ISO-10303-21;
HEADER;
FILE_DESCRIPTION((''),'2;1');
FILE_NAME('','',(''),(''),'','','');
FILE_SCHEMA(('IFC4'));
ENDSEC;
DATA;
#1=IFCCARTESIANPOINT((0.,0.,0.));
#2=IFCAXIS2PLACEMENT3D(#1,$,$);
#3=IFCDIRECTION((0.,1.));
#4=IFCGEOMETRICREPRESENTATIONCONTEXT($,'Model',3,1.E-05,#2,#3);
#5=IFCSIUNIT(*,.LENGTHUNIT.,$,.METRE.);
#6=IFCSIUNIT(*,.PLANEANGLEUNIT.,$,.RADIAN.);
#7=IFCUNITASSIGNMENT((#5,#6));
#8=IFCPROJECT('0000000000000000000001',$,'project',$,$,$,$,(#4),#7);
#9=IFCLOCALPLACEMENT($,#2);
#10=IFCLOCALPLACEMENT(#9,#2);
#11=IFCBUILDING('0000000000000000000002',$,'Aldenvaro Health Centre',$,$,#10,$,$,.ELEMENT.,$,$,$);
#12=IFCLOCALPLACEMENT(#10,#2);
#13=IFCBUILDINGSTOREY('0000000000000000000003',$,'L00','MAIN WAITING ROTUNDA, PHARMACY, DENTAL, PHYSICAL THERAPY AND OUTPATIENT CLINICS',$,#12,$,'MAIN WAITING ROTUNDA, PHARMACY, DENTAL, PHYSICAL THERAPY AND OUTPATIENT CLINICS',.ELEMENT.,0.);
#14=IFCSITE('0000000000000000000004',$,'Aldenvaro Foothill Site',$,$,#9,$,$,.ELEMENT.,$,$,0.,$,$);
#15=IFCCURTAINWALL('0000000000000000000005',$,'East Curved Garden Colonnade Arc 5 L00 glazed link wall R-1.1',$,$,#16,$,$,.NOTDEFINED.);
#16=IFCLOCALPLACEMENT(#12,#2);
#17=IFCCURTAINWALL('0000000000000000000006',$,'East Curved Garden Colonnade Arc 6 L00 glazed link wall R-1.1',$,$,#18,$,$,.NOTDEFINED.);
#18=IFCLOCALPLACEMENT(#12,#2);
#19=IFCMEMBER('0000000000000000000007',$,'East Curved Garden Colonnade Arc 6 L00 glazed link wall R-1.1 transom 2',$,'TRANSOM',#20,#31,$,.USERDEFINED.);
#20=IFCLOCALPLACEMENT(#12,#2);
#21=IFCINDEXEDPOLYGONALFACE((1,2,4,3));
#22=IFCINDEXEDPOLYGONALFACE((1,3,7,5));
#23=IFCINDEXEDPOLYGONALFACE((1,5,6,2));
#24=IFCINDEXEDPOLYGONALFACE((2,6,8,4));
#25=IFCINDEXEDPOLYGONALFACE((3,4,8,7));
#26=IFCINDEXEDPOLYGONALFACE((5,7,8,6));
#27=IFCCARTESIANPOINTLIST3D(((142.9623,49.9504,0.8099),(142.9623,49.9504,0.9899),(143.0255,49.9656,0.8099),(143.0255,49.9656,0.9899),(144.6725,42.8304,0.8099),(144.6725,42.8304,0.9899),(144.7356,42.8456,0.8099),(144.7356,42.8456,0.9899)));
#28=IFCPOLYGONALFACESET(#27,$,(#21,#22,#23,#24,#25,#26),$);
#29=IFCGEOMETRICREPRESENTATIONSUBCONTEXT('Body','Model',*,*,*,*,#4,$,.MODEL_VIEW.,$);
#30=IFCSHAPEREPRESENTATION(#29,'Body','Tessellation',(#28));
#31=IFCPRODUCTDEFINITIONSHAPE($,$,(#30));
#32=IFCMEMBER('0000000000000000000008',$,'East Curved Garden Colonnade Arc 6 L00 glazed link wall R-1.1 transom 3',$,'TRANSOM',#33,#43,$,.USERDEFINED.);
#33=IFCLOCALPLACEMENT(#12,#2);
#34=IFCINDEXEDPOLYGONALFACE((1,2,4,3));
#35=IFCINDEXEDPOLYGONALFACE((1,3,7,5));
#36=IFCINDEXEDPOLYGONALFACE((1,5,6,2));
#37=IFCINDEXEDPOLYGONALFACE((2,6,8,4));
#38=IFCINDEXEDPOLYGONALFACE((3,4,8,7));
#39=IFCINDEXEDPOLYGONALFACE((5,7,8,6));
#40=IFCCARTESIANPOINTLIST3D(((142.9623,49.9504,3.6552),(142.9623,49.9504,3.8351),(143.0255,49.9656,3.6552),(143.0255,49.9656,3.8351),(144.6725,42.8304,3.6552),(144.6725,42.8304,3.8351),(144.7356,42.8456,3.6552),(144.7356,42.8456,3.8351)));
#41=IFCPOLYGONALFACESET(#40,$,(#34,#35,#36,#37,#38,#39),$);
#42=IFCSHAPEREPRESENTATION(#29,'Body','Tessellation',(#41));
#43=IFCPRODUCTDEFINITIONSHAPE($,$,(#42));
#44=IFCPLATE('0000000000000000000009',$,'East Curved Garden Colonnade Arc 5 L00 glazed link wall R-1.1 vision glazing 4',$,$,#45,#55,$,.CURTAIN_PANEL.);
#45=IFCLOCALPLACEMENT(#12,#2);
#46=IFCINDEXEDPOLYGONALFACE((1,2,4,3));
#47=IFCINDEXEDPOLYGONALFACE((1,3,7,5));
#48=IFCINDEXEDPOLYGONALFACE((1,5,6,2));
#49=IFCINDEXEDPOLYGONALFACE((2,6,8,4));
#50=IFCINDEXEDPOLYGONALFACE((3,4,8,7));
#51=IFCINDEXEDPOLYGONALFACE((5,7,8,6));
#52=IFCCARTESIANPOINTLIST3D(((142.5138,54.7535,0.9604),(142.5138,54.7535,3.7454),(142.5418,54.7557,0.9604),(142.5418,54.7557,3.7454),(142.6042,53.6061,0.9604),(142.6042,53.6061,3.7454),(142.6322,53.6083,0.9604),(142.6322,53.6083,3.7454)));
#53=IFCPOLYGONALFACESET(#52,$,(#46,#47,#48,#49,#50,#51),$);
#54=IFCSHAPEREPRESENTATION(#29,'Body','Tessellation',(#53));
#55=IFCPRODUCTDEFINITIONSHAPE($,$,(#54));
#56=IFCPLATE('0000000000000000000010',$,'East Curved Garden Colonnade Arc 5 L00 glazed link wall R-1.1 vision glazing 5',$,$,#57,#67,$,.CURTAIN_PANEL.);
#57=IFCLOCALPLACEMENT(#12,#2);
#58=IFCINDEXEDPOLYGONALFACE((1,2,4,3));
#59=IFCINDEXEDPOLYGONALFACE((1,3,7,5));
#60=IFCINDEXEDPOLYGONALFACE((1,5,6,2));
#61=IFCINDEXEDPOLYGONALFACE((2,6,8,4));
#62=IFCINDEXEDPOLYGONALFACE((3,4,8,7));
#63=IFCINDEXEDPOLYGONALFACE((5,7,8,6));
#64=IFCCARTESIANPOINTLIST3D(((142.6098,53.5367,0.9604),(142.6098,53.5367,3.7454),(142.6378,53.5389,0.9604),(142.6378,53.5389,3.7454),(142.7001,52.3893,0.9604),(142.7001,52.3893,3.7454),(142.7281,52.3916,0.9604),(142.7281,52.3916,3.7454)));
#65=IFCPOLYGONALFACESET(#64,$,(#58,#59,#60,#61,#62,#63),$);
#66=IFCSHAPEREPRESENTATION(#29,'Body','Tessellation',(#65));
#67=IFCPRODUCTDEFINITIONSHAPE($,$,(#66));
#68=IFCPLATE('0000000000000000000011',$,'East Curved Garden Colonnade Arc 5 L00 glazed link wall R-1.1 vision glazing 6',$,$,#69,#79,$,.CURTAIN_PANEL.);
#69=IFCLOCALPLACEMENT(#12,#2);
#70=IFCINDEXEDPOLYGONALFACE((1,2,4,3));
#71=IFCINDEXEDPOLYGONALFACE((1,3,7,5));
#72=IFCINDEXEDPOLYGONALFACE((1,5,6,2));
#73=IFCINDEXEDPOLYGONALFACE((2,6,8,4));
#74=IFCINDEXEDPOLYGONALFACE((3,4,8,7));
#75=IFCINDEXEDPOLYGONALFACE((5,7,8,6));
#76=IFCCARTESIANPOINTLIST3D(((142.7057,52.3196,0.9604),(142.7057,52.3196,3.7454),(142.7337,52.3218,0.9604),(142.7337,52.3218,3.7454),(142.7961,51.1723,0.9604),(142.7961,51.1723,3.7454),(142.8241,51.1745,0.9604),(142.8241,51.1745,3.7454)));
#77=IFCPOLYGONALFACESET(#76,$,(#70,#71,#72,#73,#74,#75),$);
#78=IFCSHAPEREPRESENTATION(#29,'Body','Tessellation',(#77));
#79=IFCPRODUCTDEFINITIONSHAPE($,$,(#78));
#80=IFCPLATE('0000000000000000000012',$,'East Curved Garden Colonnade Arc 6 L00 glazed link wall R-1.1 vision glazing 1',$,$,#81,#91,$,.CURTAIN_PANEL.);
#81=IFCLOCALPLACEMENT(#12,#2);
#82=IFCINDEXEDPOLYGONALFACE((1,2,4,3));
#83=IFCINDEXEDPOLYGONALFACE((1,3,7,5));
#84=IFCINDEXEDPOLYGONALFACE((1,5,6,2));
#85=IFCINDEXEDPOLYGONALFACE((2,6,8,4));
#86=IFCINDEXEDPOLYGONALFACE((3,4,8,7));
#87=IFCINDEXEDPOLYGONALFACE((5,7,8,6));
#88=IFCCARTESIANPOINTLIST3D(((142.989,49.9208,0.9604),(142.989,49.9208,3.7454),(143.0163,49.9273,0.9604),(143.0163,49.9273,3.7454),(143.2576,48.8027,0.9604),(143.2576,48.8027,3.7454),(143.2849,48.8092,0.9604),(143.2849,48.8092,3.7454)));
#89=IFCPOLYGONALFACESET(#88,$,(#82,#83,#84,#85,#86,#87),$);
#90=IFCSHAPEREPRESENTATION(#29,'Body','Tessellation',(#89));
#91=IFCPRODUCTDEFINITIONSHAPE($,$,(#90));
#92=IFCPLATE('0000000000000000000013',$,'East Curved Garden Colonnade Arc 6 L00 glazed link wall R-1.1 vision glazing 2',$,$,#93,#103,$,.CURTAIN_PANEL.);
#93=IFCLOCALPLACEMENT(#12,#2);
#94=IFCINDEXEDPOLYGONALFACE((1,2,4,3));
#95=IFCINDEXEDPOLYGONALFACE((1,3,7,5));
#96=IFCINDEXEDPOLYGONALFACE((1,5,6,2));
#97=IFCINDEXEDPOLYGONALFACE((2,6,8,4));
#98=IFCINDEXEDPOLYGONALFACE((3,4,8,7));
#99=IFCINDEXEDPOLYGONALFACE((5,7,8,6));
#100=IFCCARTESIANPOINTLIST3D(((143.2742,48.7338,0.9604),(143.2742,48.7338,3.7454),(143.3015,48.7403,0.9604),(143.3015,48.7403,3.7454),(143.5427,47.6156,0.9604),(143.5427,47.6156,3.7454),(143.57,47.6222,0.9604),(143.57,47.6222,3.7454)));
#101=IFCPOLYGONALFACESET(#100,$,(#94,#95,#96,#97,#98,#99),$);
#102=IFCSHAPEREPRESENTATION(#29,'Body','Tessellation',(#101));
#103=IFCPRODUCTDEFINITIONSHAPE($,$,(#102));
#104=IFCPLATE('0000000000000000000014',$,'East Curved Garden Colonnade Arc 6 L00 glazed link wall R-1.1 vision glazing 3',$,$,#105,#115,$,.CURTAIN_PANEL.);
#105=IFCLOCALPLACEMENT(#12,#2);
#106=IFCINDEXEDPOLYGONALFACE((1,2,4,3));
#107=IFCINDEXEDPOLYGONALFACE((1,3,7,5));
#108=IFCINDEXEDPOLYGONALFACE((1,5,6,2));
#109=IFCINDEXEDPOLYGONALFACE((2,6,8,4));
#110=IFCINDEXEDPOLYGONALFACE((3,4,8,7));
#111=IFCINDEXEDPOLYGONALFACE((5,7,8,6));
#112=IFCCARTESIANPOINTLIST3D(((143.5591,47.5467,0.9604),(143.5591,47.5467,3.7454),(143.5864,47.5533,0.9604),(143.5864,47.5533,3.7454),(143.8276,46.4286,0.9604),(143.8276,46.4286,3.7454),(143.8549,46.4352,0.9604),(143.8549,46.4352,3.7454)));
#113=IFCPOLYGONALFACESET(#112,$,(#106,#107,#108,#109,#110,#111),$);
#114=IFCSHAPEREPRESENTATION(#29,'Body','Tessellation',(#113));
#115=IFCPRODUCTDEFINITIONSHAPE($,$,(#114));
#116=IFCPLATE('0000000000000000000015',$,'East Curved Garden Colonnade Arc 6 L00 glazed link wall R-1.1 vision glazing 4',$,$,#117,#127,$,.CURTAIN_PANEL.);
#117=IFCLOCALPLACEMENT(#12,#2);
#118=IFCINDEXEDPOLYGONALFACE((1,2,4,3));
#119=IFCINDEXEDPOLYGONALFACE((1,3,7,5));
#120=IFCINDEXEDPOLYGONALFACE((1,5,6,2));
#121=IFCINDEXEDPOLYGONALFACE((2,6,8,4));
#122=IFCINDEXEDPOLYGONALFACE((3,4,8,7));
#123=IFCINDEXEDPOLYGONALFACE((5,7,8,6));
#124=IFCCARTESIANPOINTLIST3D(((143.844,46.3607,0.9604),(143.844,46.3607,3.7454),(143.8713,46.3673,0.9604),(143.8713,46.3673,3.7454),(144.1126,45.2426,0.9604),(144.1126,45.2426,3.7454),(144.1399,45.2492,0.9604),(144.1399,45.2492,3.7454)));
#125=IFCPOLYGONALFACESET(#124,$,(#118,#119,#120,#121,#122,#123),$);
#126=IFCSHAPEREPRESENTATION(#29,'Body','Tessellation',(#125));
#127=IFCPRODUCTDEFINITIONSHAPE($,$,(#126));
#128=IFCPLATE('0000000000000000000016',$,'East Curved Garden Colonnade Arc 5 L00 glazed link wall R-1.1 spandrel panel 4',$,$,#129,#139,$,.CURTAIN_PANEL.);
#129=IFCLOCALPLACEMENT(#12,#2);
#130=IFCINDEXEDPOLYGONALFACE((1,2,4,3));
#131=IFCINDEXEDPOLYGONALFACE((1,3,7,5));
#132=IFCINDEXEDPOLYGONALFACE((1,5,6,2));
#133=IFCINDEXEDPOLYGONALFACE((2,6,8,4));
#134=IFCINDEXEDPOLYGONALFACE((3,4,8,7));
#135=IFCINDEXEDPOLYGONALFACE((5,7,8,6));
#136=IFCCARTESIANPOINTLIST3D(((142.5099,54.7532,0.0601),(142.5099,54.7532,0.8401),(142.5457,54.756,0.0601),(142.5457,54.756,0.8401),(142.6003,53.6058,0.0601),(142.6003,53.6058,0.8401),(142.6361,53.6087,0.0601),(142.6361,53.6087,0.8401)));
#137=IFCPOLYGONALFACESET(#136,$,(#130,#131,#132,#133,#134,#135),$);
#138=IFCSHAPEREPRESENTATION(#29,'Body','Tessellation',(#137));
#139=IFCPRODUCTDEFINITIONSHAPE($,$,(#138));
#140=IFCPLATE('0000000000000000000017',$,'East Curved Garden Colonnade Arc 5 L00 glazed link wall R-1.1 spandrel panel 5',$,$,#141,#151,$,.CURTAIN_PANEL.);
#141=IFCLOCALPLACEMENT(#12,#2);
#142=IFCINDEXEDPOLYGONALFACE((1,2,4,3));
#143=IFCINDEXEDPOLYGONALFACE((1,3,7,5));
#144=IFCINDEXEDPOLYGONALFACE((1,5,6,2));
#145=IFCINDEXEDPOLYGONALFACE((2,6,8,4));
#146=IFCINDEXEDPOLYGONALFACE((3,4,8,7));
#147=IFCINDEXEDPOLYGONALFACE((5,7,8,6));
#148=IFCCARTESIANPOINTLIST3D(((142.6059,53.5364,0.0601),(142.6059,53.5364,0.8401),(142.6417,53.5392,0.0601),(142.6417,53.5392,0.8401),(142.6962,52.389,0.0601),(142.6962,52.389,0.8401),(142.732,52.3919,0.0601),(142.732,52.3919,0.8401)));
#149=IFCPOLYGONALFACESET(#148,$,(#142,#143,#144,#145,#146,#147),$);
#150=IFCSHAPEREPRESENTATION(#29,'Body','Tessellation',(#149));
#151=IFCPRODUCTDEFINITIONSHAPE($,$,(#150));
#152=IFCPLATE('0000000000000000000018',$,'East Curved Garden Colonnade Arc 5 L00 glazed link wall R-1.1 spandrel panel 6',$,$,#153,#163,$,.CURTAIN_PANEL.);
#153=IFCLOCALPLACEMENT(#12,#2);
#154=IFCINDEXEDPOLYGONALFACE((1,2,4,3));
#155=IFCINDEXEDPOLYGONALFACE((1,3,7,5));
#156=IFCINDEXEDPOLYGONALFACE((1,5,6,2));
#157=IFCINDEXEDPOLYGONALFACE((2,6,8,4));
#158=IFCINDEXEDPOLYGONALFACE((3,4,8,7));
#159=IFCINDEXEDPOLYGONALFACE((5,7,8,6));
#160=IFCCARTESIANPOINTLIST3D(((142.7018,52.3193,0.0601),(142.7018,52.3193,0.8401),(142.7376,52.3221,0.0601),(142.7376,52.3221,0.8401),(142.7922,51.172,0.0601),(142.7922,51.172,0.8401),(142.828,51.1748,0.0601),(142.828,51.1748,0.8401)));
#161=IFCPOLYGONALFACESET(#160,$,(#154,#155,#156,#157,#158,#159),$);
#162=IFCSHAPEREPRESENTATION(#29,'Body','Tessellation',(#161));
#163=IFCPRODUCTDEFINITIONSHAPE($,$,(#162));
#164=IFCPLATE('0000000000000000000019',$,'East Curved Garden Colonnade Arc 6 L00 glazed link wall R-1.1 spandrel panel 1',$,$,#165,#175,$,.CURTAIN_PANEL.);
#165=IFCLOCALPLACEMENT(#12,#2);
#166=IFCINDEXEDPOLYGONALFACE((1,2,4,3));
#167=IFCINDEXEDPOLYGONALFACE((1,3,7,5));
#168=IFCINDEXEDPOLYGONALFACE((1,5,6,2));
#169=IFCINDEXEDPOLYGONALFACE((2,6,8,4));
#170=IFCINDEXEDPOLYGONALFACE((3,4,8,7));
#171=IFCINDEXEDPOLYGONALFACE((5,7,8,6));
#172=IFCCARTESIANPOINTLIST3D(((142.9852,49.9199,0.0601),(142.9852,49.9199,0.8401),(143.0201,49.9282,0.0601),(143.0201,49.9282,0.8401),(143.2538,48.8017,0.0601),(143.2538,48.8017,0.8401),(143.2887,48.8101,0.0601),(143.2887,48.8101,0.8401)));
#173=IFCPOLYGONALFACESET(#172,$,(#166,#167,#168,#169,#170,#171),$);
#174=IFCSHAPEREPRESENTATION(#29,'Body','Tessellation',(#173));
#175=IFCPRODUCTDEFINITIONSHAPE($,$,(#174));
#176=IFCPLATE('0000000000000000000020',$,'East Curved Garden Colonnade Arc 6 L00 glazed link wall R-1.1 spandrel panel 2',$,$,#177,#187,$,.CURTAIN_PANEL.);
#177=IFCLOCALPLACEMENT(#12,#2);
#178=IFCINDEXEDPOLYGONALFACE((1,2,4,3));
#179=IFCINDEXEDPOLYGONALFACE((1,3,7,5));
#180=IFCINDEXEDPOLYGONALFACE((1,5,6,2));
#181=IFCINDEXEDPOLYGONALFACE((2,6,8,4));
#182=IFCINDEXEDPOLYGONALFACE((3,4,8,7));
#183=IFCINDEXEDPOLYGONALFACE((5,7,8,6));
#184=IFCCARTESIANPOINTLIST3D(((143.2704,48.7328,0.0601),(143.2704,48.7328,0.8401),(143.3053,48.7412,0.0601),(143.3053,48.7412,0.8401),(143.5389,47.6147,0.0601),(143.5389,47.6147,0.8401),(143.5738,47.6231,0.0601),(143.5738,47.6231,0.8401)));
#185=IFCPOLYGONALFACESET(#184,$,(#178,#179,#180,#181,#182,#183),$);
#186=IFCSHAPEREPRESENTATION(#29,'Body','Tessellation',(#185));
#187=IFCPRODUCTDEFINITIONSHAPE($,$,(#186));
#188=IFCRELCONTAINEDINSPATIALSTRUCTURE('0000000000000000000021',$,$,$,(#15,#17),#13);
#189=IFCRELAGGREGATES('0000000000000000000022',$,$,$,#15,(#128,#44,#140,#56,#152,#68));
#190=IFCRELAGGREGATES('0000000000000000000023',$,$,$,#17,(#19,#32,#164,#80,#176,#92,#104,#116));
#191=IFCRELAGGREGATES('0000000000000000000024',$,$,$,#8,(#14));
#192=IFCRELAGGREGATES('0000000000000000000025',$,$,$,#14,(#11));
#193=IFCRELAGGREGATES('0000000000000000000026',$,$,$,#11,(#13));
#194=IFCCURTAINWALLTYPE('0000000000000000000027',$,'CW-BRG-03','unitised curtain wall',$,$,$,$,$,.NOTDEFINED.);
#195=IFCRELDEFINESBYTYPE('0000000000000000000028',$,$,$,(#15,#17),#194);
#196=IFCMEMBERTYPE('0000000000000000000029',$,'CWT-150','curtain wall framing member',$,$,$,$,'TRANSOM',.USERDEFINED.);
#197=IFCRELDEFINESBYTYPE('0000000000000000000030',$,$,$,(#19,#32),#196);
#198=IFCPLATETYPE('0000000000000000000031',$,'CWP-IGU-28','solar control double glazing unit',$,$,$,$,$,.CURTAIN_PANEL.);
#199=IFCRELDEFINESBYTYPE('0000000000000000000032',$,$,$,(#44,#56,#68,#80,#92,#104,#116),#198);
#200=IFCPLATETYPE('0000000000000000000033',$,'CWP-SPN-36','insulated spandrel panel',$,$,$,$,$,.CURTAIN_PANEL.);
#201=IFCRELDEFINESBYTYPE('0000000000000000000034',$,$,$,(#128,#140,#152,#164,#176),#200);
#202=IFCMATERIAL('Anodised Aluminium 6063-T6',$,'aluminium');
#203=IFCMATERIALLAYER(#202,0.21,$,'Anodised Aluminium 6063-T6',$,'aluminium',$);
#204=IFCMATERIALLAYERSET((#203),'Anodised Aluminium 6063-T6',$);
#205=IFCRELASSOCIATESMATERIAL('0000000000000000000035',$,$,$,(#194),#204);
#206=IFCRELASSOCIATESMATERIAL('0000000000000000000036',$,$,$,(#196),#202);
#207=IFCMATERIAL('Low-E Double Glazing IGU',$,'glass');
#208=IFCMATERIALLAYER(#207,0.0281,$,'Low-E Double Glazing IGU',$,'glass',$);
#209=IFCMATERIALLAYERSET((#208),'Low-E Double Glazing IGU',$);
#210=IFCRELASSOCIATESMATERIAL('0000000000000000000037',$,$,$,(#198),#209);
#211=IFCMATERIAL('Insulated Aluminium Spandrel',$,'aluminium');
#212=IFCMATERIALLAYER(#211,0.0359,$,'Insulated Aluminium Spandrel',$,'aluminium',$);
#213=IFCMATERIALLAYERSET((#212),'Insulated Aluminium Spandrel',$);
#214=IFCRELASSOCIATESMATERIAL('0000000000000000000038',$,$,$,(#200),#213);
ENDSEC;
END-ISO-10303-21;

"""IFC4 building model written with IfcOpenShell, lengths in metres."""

from ifc_helpers import new_model, si_unit, direction, frame, origin, origin_2d, place, context, subcontext, project, spatial, rectangle, extrude, material, layer, layer_set, material_profile, profile_set, type_object, element, aggregate, save


model = new_model("IFC4")

# Units and contexts
model_context = context("Model", 3, precision=1e-05, world=origin(), true_north=direction((0.0, 1.0)))
body_context = subcontext(model_context, "Body", "Model", "MODEL_VIEW")
ifc_project = project(units=[si_unit("LENGTHUNIT", "METRE"), si_unit("PLANEANGLEUNIT", "RADIAN")], contexts=[model_context])

# Site, building, storey
site_placement = place(None, origin())
site = spatial("IfcSite", under=ifc_project, at=site_placement, Name="Aldenvaro Foothill Site", CompositionType="ELEMENT", RefElevation=0.0)
building_placement = place(site_placement, origin())
building = spatial("IfcBuilding", under=site, at=building_placement, Name="Aldenvaro Health Centre", CompositionType="ELEMENT")
storey_placement = place(building_placement, origin())
storey = spatial("IfcBuildingStorey", under=building, at=storey_placement, Name="L00", Description="MAIN WAITING ROTUNDA, PHARMACY, DENTAL, PHYSICAL THERAPY AND OUTPATIENT CLINICS", LongName="MAIN WAITING ROTUNDA, PHARMACY, DENTAL, PHYSICAL THERAPY AND OUTPATIENT CLINICS", CompositionType="ELEMENT", Elevation=0.0)

# Curtain walls, members
ifc_material_1 = material(Name="Anodised Aluminium 6063-T6", Category="aluminium")
ifc_layer_1 = layer(ifc_material_1, 0.21, Name="Anodised Aluminium 6063-T6", Category="aluminium")
ifc_layer_set_1 = layer_set([ifc_layer_1], Name="Anodised Aluminium 6063-T6")
curtain_wall_type = type_object("IfcCurtainWallType", Name="CW-BRG-03", Description="unitised curtain wall", PredefinedType="NOTDEFINED", material=ifc_layer_set_1)
curtain_wall_1_placement = place(storey_placement, origin())
curtain_wall_1 = element("IfcCurtainWall", 1, at=curtain_wall_1_placement, inside=storey, type_object=curtain_wall_type, Name="East Curved Garden Colonnade Arc 5 L00 glazed link wall R-1.1", PredefinedType="NOTDEFINED")
curtain_wall_2_placement = place(storey_placement, origin())
curtain_wall_2 = element("IfcCurtainWall", 2, at=curtain_wall_2_placement, inside=storey, type_object=curtain_wall_type, Name="East Curved Garden Colonnade Arc 6 L00 glazed link wall R-1.1", PredefinedType="NOTDEFINED")
ifc_material_profile_1 = material_profile(ifc_material_1, rectangle(XDim=0.0649, YDim=0.1799, at=origin_2d()), Name="ALU 65x180", Category="aluminium")
ifc_profile_set_1 = profile_set([ifc_material_profile_1], Name="Anodised Aluminium 6063-T6")
member_type_1 = type_object("IfcMemberType", Name="CWT-150", Description="curtain wall framing member", ElementType="TRANSOM", PredefinedType="USERDEFINED", material=ifc_profile_set_1)
member_1_placement = place(storey_placement, frame((142.9939, 49.958, 0.8999), z_axis=(0.233551, -0.972345, 0.0), x_axis=(0.972345, 0.233551, 0.0)))
member_1 = element("IfcMember", 3, at=member_1_placement, type_object=member_type_1, Name="East Curved Garden Colonnade Arc 6 L00 glazed link wall R-1.1 transom 2", ObjectType="TRANSOM", PredefinedType="USERDEFINED", context=body_context, shape_type="SweptSolid", body=[
    extrude(rectangle(XDim=0.0649, YDim=0.1799, at=origin_2d()), origin(), (0.0, 0.0, 1.0), 7.3225),
])
member_2_placement = place(storey_placement, frame((142.9939, 49.958, 3.7451), z_axis=(0.233551, -0.972345, 0.0), x_axis=(0.972345, 0.233551, 0.0)))
member_2 = element("IfcMember", 4, at=member_2_placement, type_object=member_type_1, Name="East Curved Garden Colonnade Arc 6 L00 glazed link wall R-1.1 transom 3", ObjectType="TRANSOM", PredefinedType="USERDEFINED", context=body_context, shape_type="SweptSolid", body=[
    extrude(rectangle(XDim=0.0649, YDim=0.1799, at=origin_2d()), origin(), (0.0, 0.0, 1.0), 7.3225),
])

# Plates
ifc_material_2 = material(Name="Low-E Double Glazing IGU", Category="glass")
ifc_layer_2 = layer(ifc_material_2, 0.0281, Name="Low-E Double Glazing IGU", Category="glass")
ifc_layer_set_2 = layer_set([ifc_layer_2], Name="Low-E Double Glazing IGU")
plate_type_1 = type_object("IfcPlateType", Name="CWP-IGU-28", Description="solar control double glazing unit", PredefinedType="CURTAIN_PANEL", material=ifc_layer_set_2)
plate_1_placement = place(storey_placement, frame((142.573, 54.1809, 0.9604), z_axis=(0.0, 0.0, 1.0), x_axis=(0.078513, -0.996913, 0.0)))
plate_1 = element("IfcPlate", 5, at=plate_1_placement, type_object=plate_type_1, Name="East Curved Garden Colonnade Arc 5 L00 glazed link wall R-1.1 vision glazing 4", PredefinedType="CURTAIN_PANEL", context=body_context, shape_type="SweptSolid", body=[
    extrude(rectangle(XDim=1.1509, YDim=0.0281, at=origin_2d()), origin(), (0.0, 0.0, 1.0), 2.7849),
])
plate_2_placement = place(storey_placement, frame((142.6689, 52.9641, 0.9604), z_axis=(0.0, 0.0, 1.0), x_axis=(0.078513, -0.996913, 0.0)))
plate_2 = element("IfcPlate", 6, at=plate_2_placement, type_object=plate_type_1, Name="East Curved Garden Colonnade Arc 5 L00 glazed link wall R-1.1 vision glazing 5", PredefinedType="CURTAIN_PANEL", context=body_context, shape_type="SweptSolid", body=[
    extrude(rectangle(XDim=1.1509, YDim=0.0281, at=origin_2d()), origin(), (0.0, 0.0, 1.0), 2.7849),
])
plate_3_placement = place(storey_placement, frame((142.7649, 51.7471, 0.9604), z_axis=(0.0, 0.0, 1.0), x_axis=(0.078513, -0.996913, 0.0)))
plate_3 = element("IfcPlate", 7, at=plate_3_placement, type_object=plate_type_1, Name="East Curved Garden Colonnade Arc 5 L00 glazed link wall R-1.1 vision glazing 6", PredefinedType="CURTAIN_PANEL", context=body_context, shape_type="SweptSolid", body=[
    extrude(rectangle(XDim=1.1509, YDim=0.0281, at=origin_2d()), origin(), (0.0, 0.0, 1.0), 2.7849),
])
plate_4_placement = place(storey_placement, frame((143.137, 49.365, 0.9604), z_axis=(0.0, 0.0, 1.0), x_axis=(0.233528, -0.97235, 0.0)))
plate_4 = element("IfcPlate", 8, at=plate_4_placement, type_object=plate_type_1, Name="East Curved Garden Colonnade Arc 6 L00 glazed link wall R-1.1 vision glazing 1", PredefinedType="CURTAIN_PANEL", context=body_context, shape_type="SweptSolid", body=[
    extrude(rectangle(XDim=1.1499, YDim=0.0281, at=origin_2d()), origin(), (0.0, 0.0, 1.0), 2.7849),
])
plate_5_placement = place(storey_placement, frame((143.4221, 48.178, 0.9604), z_axis=(0.0, 0.0, 1.0), x_axis=(0.233528, -0.97235, 0.0)))
plate_5 = element("IfcPlate", 9, at=plate_5_placement, type_object=plate_type_1, Name="East Curved Garden Colonnade Arc 6 L00 glazed link wall R-1.1 vision glazing 2", PredefinedType="CURTAIN_PANEL", context=body_context, shape_type="SweptSolid", body=[
    extrude(rectangle(XDim=1.1499, YDim=0.0281, at=origin_2d()), origin(), (0.0, 0.0, 1.0), 2.7849),
])
plate_6_placement = place(storey_placement, frame((143.707, 46.991, 0.9604), z_axis=(0.0, 0.0, 1.0), x_axis=(0.233528, -0.97235, 0.0)))
plate_6 = element("IfcPlate", 10, at=plate_6_placement, type_object=plate_type_1, Name="East Curved Garden Colonnade Arc 6 L00 glazed link wall R-1.1 vision glazing 3", PredefinedType="CURTAIN_PANEL", context=body_context, shape_type="SweptSolid", body=[
    extrude(rectangle(XDim=1.1499, YDim=0.0281, at=origin_2d()), origin(), (0.0, 0.0, 1.0), 2.7849),
])
plate_7_placement = place(storey_placement, frame((143.9919, 45.8049, 0.9604), z_axis=(0.0, 0.0, 1.0), x_axis=(0.233528, -0.97235, 0.0)))
plate_7 = element("IfcPlate", 11, at=plate_7_placement, type_object=plate_type_1, Name="East Curved Garden Colonnade Arc 6 L00 glazed link wall R-1.1 vision glazing 4", PredefinedType="CURTAIN_PANEL", context=body_context, shape_type="SweptSolid", body=[
    extrude(rectangle(XDim=1.1499, YDim=0.0281, at=origin_2d()), origin(), (0.0, 0.0, 1.0), 2.7849),
])
ifc_material_3 = material(Name="Insulated Aluminium Spandrel", Category="aluminium")
ifc_layer_3 = layer(ifc_material_3, 0.0359, Name="Insulated Aluminium Spandrel", Category="aluminium")
ifc_layer_set_3 = layer_set([ifc_layer_3], Name="Insulated Aluminium Spandrel")
plate_type_2 = type_object("IfcPlateType", Name="CWP-SPN-36", Description="insulated spandrel panel", PredefinedType="CURTAIN_PANEL", material=ifc_layer_set_3)
plate_8_placement = place(storey_placement, frame((142.573, 54.1809, 0.0601), z_axis=(0.0, 0.0, 1.0), x_axis=(0.078513, -0.996913, 0.0)))
plate_8 = element("IfcPlate", 12, at=plate_8_placement, type_object=plate_type_2, Name="East Curved Garden Colonnade Arc 5 L00 glazed link wall R-1.1 spandrel panel 4", PredefinedType="CURTAIN_PANEL", context=body_context, shape_type="SweptSolid", body=[
    extrude(rectangle(XDim=1.1509, YDim=0.0359, at=origin_2d()), origin(), (0.0, 0.0, 1.0), 0.78),
])
plate_9_placement = place(storey_placement, frame((142.6689, 52.9641, 0.0601), z_axis=(0.0, 0.0, 1.0), x_axis=(0.078513, -0.996913, 0.0)))
plate_9 = element("IfcPlate", 13, at=plate_9_placement, type_object=plate_type_2, Name="East Curved Garden Colonnade Arc 5 L00 glazed link wall R-1.1 spandrel panel 5", PredefinedType="CURTAIN_PANEL", context=body_context, shape_type="SweptSolid", body=[
    extrude(rectangle(XDim=1.1509, YDim=0.0359, at=origin_2d()), origin(), (0.0, 0.0, 1.0), 0.78),
])
plate_10_placement = place(storey_placement, frame((142.7649, 51.7471, 0.0601), z_axis=(0.0, 0.0, 1.0), x_axis=(0.078513, -0.996913, 0.0)))
plate_10 = element("IfcPlate", 14, at=plate_10_placement, type_object=plate_type_2, Name="East Curved Garden Colonnade Arc 5 L00 glazed link wall R-1.1 spandrel panel 6", PredefinedType="CURTAIN_PANEL", context=body_context, shape_type="SweptSolid", body=[
    extrude(rectangle(XDim=1.1509, YDim=0.0359, at=origin_2d()), origin(), (0.0, 0.0, 1.0), 0.78),
])
aggregate(curtain_wall_1, [plate_8, plate_1, plate_9, plate_2, plate_10, plate_3])
plate_11_placement = place(storey_placement, frame((143.137, 49.365, 0.0601), z_axis=(0.0, 0.0, 1.0), x_axis=(0.233528, -0.97235, 0.0)))
plate_11 = element("IfcPlate", 15, at=plate_11_placement, type_object=plate_type_2, Name="East Curved Garden Colonnade Arc 6 L00 glazed link wall R-1.1 spandrel panel 1", PredefinedType="CURTAIN_PANEL", context=body_context, shape_type="SweptSolid", body=[
    extrude(rectangle(XDim=1.1499, YDim=0.0359, at=origin_2d()), origin(), (0.0, 0.0, 1.0), 0.78),
])
plate_12_placement = place(storey_placement, frame((143.4221, 48.178, 0.0601), z_axis=(0.0, 0.0, 1.0), x_axis=(0.233528, -0.97235, 0.0)))
plate_12 = element("IfcPlate", 16, at=plate_12_placement, type_object=plate_type_2, Name="East Curved Garden Colonnade Arc 6 L00 glazed link wall R-1.1 spandrel panel 2", PredefinedType="CURTAIN_PANEL", context=body_context, shape_type="SweptSolid", body=[
    extrude(rectangle(XDim=1.1499, YDim=0.0359, at=origin_2d()), origin(), (0.0, 0.0, 1.0), 0.78),
])
aggregate(curtain_wall_2, [member_1, member_2, plate_11, plate_4, plate_12, plate_5, plate_6, plate_7])

save(model, "model.ifc")
